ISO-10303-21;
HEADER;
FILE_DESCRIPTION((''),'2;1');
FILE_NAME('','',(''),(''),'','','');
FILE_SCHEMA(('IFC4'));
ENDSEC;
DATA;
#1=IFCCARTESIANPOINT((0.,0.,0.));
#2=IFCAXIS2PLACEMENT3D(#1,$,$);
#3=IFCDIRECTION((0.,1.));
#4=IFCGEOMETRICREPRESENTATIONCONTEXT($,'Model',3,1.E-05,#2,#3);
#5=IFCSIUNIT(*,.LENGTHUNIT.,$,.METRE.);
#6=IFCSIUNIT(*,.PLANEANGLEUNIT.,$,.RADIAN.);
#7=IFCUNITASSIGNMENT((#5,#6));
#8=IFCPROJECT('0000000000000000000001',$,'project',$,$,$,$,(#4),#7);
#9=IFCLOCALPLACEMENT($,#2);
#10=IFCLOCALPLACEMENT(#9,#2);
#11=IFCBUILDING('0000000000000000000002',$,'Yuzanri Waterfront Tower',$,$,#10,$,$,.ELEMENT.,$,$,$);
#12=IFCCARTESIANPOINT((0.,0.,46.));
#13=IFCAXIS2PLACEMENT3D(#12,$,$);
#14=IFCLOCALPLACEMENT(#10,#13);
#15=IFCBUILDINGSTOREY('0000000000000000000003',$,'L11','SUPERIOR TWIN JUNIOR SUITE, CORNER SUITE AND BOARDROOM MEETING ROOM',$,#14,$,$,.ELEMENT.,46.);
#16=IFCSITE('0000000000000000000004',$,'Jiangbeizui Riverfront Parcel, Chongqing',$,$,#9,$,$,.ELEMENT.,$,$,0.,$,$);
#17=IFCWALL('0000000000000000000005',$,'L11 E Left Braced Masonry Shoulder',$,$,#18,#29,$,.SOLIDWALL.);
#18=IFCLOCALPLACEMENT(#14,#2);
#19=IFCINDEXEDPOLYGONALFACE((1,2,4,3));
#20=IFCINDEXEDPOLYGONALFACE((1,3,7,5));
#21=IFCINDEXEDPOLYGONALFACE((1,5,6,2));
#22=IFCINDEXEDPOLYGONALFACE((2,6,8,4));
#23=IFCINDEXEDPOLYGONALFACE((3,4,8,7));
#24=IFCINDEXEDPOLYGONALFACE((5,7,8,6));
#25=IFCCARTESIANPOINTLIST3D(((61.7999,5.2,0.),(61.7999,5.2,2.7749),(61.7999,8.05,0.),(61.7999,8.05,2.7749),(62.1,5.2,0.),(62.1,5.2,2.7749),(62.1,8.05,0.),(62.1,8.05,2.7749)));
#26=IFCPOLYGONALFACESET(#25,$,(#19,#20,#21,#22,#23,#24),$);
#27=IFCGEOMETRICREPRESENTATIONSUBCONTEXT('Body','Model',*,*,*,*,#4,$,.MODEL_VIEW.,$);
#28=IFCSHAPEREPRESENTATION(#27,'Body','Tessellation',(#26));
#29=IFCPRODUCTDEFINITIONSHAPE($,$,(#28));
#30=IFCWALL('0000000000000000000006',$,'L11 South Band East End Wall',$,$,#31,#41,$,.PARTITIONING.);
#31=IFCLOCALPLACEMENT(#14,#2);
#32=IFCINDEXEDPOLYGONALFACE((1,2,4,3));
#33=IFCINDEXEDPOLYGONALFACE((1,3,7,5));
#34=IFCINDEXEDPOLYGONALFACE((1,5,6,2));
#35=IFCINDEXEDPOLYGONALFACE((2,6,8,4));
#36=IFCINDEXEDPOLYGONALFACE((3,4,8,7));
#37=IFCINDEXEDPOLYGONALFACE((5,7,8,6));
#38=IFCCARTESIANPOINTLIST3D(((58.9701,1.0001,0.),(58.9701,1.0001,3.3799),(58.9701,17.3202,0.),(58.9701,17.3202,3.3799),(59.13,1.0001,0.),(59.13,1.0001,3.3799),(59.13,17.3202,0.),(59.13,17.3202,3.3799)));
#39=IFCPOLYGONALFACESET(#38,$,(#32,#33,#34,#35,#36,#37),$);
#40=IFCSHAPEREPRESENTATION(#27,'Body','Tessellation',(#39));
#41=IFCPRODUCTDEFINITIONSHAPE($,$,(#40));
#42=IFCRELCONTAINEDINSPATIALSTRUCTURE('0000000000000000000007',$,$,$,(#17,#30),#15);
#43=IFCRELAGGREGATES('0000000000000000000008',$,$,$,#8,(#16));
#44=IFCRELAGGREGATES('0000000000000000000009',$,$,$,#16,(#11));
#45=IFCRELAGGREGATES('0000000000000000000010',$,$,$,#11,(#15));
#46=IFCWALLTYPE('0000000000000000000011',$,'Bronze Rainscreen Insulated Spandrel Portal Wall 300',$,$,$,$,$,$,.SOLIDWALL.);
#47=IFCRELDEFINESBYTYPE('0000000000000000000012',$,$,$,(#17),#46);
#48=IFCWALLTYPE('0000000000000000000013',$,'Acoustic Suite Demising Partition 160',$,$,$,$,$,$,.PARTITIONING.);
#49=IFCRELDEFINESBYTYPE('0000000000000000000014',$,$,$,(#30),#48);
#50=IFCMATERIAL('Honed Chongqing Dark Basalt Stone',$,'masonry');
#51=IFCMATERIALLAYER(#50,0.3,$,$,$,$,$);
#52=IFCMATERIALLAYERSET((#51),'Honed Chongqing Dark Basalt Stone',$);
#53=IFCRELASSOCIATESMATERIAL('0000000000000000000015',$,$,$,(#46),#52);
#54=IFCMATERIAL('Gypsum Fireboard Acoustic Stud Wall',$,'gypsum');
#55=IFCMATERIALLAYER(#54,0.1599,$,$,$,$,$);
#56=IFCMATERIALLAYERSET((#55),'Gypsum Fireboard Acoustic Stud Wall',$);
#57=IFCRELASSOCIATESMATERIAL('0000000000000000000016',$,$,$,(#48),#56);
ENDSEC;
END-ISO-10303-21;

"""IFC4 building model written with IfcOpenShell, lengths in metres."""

from ifc_helpers import new_model, si_unit, direction, frame, frame_2d, origin, place, context, subcontext, project, spatial, rectangle, extrude, source, transform, mapped, material, layer, layer_set, type_object, element, save


model = new_model("IFC4")

# Units and contexts
model_context = context("Model", 3, precision=1e-05, world=origin(), true_north=direction((0.0, 1.0)))
body_context = subcontext(model_context, "Body", "Model", "MODEL_VIEW")
ifc_project = project(units=[si_unit("LENGTHUNIT", "METRE"), si_unit("PLANEANGLEUNIT", "RADIAN")], contexts=[model_context])

# Site, building, storey
site_placement = place(None, origin())
site = spatial("IfcSite", under=ifc_project, at=site_placement, Name="Jiangbeizui Riverfront Parcel, Chongqing", CompositionType="ELEMENT", RefElevation=0.0)
building_placement = place(site_placement, origin())
building = spatial("IfcBuilding", under=site, at=building_placement, Name="Yuzanri Waterfront Tower", CompositionType="ELEMENT")
storey_placement = place(building_placement, frame((0.0, 0.0, 46.0)))
storey = spatial("IfcBuildingStorey", under=building, at=storey_placement, Name="L11", Description="SUPERIOR TWIN JUNIOR SUITE, CORNER SUITE AND BOARDROOM MEETING ROOM", CompositionType="ELEMENT", Elevation=46.0)

# Shared definitions
ifc_material_1 = material(Name="Honed Chongqing Dark Basalt Stone", Category="masonry")
ifc_layer_1 = layer(ifc_material_1, 0.3)
ifc_layer_set_1 = layer_set([ifc_layer_1], Name="Honed Chongqing Dark Basalt Stone")
wall_type_1 = type_object("IfcWallType", Name="Bronze Rainscreen Insulated Spandrel Portal Wall 300", PredefinedType="SOLIDWALL", material=ifc_layer_set_1)

# Walls
shared_shape_1 = source(origin(), body_context, "Body", "SweptSolid", [
    extrude(rectangle(XDim=2.8501, YDim=0.3, at=frame_2d((1.425, 0.0))), origin(), (0.0, 0.0, 1.0), 2.7749),
])
for number, where, z_axis, x_axis, name in (
    (1, (61.95, 5.2, 0.0), (0.0, 0.0, 1.0), (0.0, 1.0, 0.0), "L11 E Left Braced Masonry Shoulder"),
):
    element("IfcWall", number, at=place(storey_placement, frame(where, z_axis=z_axis, x_axis=x_axis)), inside=storey, type_object=wall_type_1, Name=name, PredefinedType="SOLIDWALL", context=body_context, shape_type="MappedRepresentation", body=[
        mapped(shared_shape_1, transform((0.0, 0.0, 0.0), scale=1.0)),
    ])
ifc_material_2 = material(Name="Gypsum Fireboard Acoustic Stud Wall", Category="gypsum")
ifc_layer_2 = layer(ifc_material_2, 0.1599)
ifc_layer_set_2 = layer_set([ifc_layer_2], Name="Gypsum Fireboard Acoustic Stud Wall")
wall_type_2 = type_object("IfcWallType", Name="Acoustic Suite Demising Partition 160", PredefinedType="PARTITIONING", material=ifc_layer_set_2)
shared_shape_2 = source(origin(), body_context, "Body", "SweptSolid", [
    extrude(rectangle(XDim=16.3201, YDim=0.1599, at=frame_2d((8.1602, 0.0))), origin(), (0.0, 0.0, 1.0), 3.3799),
])
wall_1_placement = place(storey_placement, frame((59.05, 1.0, 0.0), z_axis=(0.0, 0.0, 1.0), x_axis=(0.0, 1.0, 0.0)))
element("IfcWall", 2, at=wall_1_placement, inside=storey, type_object=wall_type_2, Name="L11 South Band East End Wall", PredefinedType="PARTITIONING", context=body_context, shape_type="MappedRepresentation", body=[
    mapped(shared_shape_2, transform((0.0, 0.0, 0.0), scale=1.0)),
])

save(model, "model.ifc")
